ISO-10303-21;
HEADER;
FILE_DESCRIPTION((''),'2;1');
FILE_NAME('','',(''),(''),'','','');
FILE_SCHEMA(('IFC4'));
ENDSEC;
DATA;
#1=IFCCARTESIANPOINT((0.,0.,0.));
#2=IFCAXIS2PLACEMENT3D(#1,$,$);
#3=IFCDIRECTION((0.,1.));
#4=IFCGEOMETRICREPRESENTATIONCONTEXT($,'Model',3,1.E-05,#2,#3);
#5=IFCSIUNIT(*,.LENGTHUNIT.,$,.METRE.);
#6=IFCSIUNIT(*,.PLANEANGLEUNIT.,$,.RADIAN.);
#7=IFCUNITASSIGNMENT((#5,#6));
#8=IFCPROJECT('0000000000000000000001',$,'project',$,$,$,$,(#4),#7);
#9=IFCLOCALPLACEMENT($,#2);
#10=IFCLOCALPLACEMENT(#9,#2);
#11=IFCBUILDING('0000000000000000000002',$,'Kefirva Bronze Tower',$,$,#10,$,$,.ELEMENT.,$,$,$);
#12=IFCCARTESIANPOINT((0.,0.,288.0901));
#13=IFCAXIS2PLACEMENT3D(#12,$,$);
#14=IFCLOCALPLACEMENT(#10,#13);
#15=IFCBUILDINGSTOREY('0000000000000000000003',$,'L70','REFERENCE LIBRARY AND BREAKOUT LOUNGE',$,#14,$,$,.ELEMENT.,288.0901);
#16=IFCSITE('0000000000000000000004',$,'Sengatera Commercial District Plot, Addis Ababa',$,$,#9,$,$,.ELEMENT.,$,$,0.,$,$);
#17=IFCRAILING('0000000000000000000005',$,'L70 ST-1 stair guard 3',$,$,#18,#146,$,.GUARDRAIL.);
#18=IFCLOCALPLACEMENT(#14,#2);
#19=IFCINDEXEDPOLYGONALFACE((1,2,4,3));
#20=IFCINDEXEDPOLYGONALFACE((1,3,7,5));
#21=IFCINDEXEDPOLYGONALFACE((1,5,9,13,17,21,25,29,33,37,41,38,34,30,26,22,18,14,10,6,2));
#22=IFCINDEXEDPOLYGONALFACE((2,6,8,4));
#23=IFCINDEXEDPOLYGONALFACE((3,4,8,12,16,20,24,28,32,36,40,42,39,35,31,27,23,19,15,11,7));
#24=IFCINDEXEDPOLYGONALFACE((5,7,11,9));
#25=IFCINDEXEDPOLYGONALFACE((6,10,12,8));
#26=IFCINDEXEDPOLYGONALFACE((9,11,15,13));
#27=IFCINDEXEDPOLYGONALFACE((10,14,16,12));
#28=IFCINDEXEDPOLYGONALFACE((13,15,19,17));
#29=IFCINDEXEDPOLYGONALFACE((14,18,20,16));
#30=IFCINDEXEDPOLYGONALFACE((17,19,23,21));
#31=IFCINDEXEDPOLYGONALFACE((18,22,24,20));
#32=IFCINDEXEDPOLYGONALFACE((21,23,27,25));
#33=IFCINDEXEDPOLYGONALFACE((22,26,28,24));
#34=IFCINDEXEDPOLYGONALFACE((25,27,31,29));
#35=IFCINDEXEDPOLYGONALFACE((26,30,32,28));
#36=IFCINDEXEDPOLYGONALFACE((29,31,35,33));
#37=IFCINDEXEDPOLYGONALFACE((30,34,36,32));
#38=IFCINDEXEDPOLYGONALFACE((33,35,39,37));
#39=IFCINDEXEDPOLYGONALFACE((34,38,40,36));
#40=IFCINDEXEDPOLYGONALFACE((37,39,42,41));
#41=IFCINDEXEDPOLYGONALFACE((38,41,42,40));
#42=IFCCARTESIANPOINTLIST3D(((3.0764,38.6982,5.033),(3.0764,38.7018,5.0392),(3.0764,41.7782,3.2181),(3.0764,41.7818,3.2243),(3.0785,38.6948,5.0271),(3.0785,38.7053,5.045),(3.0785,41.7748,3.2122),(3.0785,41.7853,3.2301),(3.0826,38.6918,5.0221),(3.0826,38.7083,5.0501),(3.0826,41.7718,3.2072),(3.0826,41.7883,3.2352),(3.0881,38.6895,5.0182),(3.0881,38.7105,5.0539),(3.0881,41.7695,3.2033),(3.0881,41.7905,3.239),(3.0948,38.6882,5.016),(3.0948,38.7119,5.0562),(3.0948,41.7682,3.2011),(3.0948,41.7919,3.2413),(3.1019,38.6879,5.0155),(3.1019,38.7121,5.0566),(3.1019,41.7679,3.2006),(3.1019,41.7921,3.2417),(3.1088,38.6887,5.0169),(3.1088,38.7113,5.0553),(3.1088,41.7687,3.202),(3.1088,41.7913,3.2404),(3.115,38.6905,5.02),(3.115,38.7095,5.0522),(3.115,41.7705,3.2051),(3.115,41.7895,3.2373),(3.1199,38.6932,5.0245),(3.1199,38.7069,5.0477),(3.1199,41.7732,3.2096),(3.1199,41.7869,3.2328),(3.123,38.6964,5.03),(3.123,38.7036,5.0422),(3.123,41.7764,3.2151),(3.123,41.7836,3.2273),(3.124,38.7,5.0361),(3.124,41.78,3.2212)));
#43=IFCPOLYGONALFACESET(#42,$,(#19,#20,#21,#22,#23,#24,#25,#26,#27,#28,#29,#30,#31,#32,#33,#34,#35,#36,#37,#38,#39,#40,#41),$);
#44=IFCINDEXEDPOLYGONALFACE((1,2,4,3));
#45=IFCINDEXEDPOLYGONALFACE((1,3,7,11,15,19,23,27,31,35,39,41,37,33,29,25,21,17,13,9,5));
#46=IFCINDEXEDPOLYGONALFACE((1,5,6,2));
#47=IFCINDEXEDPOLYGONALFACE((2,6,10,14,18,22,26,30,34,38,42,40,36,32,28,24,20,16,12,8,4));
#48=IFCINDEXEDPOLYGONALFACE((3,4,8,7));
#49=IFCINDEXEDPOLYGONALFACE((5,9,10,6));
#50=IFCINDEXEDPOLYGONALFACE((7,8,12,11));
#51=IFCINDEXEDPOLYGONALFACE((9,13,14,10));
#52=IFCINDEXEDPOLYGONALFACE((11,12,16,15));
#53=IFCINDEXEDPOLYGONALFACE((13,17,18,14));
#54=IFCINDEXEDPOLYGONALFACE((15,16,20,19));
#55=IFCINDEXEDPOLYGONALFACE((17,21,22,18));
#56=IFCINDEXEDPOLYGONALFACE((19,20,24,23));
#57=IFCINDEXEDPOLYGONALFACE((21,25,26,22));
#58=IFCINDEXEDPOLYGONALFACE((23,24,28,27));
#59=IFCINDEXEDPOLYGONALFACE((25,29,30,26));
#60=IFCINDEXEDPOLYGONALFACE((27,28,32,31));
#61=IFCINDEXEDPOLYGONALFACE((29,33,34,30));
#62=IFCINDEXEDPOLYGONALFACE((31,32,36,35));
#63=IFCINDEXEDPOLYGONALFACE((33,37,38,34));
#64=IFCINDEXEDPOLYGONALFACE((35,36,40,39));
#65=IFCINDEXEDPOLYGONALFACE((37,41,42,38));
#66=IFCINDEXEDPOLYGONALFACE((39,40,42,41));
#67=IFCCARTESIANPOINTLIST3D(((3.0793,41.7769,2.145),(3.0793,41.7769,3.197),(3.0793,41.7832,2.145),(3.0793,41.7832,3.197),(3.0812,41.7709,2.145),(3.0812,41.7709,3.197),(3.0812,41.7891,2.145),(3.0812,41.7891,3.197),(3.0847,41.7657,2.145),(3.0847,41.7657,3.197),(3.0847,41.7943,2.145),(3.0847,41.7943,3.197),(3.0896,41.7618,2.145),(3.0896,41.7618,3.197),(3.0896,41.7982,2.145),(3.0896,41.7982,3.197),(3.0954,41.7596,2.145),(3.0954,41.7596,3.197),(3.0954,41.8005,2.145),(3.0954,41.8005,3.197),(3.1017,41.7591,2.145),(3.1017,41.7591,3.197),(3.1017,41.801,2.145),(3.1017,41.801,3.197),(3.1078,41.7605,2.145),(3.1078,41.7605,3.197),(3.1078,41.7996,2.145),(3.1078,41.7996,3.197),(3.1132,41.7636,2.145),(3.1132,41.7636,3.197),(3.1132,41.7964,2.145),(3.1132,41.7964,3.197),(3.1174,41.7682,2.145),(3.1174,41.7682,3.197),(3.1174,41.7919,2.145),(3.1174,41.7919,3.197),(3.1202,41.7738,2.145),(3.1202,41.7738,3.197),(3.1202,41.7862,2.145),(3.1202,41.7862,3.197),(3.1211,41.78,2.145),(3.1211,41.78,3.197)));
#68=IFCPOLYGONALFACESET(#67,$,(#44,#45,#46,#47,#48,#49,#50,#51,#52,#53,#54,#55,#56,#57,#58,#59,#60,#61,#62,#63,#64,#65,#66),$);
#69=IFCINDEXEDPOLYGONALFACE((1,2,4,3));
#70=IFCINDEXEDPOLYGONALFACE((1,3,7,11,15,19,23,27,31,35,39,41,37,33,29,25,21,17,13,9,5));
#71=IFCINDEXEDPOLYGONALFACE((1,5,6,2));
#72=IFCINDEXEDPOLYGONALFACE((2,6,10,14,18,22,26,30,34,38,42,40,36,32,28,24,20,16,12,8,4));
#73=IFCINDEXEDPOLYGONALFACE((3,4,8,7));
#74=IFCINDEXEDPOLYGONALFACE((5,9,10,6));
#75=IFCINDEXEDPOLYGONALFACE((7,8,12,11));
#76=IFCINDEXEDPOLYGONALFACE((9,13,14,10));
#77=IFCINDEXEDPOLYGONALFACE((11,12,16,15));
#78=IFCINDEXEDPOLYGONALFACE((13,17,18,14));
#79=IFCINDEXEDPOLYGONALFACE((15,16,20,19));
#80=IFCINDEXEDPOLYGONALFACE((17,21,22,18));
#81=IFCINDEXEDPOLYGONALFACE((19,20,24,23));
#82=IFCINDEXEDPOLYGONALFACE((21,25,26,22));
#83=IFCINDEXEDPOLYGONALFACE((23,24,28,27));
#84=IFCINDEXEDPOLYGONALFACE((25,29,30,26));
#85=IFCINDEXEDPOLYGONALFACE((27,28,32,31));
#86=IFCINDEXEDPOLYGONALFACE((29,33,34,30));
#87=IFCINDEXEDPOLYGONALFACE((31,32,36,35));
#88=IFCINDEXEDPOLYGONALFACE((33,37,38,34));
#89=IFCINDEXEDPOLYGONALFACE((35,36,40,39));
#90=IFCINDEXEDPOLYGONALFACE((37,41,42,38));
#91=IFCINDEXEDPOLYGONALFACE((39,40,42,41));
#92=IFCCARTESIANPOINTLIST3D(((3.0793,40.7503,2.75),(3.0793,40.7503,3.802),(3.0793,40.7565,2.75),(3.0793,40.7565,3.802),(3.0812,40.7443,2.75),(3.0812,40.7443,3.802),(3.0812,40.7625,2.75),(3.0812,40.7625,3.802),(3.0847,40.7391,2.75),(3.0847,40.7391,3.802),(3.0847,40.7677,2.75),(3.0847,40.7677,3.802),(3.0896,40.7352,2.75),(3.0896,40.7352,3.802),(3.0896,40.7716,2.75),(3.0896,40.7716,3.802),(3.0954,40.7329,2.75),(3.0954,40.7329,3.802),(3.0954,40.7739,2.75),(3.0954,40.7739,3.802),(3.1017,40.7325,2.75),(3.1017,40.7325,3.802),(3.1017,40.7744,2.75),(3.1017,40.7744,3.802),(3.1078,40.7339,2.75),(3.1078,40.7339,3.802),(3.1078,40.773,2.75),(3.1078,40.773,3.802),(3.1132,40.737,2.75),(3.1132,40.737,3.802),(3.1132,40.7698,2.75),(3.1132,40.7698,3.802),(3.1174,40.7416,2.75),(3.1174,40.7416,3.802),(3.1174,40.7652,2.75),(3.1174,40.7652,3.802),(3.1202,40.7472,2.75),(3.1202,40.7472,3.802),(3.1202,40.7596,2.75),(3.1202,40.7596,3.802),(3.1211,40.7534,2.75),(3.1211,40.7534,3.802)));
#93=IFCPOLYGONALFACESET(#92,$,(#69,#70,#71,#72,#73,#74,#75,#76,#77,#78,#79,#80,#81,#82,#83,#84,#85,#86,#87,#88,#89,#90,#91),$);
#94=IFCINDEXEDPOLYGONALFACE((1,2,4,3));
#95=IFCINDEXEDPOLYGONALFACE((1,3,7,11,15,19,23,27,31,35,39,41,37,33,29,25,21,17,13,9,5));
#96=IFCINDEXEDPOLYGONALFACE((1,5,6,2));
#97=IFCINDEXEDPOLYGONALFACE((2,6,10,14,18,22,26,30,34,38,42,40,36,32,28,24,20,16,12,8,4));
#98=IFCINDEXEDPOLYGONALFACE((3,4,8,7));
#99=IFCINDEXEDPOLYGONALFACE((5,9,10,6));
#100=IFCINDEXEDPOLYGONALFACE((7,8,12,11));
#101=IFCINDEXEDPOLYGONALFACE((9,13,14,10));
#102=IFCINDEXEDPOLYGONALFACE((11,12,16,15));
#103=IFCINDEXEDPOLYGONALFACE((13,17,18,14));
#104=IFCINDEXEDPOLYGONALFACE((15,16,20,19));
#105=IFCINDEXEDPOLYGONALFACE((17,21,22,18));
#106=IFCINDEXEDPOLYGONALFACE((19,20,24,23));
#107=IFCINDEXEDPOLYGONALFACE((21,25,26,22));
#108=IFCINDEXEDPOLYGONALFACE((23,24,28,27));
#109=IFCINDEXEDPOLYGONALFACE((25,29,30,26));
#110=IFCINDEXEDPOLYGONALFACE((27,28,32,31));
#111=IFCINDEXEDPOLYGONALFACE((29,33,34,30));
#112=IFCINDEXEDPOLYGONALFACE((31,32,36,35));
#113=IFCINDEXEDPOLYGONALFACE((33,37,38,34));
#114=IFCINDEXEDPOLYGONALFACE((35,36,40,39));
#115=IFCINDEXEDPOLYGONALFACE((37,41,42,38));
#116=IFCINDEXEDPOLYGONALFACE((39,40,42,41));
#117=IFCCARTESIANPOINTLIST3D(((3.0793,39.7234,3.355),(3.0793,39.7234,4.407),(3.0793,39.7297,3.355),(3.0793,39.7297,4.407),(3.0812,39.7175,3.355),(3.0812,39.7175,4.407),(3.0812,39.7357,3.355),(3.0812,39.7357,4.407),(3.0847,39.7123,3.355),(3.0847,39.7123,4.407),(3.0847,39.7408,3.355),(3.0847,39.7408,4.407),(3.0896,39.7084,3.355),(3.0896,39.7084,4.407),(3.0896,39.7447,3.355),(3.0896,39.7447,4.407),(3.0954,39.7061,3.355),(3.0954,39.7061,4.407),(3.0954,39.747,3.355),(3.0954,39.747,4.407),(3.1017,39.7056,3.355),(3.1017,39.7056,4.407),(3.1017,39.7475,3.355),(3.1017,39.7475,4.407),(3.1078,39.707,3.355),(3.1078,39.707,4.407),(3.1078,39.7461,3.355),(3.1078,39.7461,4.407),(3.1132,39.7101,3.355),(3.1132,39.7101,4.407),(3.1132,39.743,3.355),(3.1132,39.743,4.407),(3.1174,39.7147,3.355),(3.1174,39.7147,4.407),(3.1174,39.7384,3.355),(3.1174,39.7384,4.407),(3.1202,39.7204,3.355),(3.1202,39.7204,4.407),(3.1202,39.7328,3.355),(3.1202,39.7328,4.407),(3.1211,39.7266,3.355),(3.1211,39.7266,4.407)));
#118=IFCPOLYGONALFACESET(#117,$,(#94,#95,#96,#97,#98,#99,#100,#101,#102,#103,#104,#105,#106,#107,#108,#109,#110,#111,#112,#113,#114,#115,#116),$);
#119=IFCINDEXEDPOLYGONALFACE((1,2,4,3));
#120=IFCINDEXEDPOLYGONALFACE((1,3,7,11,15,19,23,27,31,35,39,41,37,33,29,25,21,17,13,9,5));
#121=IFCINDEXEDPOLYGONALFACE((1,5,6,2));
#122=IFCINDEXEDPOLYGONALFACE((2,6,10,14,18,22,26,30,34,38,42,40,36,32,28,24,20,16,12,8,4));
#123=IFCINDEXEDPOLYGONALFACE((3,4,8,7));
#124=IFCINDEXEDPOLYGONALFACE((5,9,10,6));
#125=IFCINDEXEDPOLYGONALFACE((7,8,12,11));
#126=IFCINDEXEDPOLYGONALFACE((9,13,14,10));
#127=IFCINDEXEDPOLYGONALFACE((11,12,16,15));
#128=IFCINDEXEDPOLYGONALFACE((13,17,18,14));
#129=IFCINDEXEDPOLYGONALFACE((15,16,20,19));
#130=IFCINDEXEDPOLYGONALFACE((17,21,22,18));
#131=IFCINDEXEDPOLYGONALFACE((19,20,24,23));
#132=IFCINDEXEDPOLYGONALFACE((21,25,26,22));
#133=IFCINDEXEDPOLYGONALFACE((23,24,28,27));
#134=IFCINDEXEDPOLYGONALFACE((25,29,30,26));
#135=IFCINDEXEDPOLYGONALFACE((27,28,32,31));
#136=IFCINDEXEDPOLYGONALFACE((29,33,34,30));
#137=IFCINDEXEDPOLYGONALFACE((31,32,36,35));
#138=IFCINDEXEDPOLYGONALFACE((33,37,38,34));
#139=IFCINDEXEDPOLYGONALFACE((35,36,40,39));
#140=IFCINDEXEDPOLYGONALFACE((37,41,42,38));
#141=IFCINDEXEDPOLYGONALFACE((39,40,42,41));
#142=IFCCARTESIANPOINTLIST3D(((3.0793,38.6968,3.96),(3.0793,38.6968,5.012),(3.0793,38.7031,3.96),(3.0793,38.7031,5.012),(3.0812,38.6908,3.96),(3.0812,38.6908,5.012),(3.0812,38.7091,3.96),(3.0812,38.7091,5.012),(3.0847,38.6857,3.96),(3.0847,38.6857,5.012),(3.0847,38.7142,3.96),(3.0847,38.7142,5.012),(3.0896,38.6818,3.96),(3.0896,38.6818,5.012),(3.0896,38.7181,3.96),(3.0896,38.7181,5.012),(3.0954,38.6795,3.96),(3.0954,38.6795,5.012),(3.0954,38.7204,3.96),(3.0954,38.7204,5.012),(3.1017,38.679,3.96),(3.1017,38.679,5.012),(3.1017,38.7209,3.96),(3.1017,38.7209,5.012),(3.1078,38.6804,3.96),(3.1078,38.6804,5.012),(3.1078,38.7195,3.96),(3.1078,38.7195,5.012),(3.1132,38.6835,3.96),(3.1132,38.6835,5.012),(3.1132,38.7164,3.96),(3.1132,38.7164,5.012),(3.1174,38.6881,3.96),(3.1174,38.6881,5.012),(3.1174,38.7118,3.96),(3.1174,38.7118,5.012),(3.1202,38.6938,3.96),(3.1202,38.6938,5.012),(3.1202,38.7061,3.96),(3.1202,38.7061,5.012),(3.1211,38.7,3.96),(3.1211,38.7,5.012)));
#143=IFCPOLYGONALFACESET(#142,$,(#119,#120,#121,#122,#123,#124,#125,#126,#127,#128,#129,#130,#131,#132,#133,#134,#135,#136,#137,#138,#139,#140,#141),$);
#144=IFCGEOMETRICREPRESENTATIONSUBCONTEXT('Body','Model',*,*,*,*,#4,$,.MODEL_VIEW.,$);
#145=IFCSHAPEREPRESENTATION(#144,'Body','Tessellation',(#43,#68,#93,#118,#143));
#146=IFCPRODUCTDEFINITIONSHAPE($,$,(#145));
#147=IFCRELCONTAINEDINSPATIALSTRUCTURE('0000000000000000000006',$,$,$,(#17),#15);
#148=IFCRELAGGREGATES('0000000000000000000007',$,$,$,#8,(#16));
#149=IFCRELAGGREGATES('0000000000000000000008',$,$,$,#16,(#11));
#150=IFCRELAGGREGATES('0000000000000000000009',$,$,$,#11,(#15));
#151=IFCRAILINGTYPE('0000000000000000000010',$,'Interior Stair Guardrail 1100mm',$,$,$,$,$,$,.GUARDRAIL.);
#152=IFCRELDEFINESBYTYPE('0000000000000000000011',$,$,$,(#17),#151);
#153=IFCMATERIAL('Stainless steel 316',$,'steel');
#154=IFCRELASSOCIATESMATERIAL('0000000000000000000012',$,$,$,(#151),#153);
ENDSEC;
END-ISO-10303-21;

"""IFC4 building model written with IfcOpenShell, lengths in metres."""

from ifc_helpers import new_model, si_unit, direction, frame, origin, origin_2d, place, context, subcontext, project, spatial, circle, extrude, material, type_object, element, save


model = new_model("IFC4")

# Units and contexts
model_context = context("Model", 3, precision=1e-05, world=origin(), true_north=direction((0.0, 1.0)))
body_context = subcontext(model_context, "Body", "Model", "MODEL_VIEW")
ifc_project = project(units=[si_unit("LENGTHUNIT", "METRE"), si_unit("PLANEANGLEUNIT", "RADIAN")], contexts=[model_context])

# Site, building, storey
site_placement = place(None, origin())
site = spatial("IfcSite", under=ifc_project, at=site_placement, Name="Sengatera Commercial District Plot, Addis Ababa", CompositionType="ELEMENT", RefElevation=0.0)
building_placement = place(site_placement, origin())
building = spatial("IfcBuilding", under=site, at=building_placement, Name="Kefirva Bronze Tower", CompositionType="ELEMENT")
storey_placement = place(building_placement, frame((0.0, 0.0, 288.0901)))
storey = spatial("IfcBuildingStorey", under=building, at=storey_placement, Name="L70", Description="REFERENCE LIBRARY AND BREAKOUT LOUNGE", CompositionType="ELEMENT", Elevation=288.0901)

# Railing
ifc_material_1 = material(Name="Stainless steel 316", Category="steel")
railing_type_1 = type_object("IfcRailingType", Name="Interior Stair Guardrail 1100mm", PredefinedType="GUARDRAIL", material=ifc_material_1)
railing_1_placement = place(storey_placement, frame((3.1001, 41.78, 2.145)))
element("IfcRailing", 1, at=railing_1_placement, inside=storey, type_object=railing_type_1, Name="L70 ST-1 stair guard 3", PredefinedType="GUARDRAIL", context=body_context, shape_type="SweptSolid", body=[
    extrude(circle(Radius=0.0239, at=origin_2d()), frame((0.0, 0.0, 1.0762), z_axis=(0.0, -0.861551, 0.507671), x_axis=(1.0, 0.0, 0.0)), (0.0, 0.0, 1.0), 3.575),
    extrude(circle(Radius=0.021, at=origin_2d()), origin(), (0.0, 0.0, 1.0), 1.052),
    extrude(circle(Radius=0.021, at=origin_2d()), frame((0.0, -1.0266, 0.605)), (0.0, 0.0, 1.0), 1.052),
    extrude(circle(Radius=0.021, at=origin_2d()), frame((0.0, -2.0535, 1.21)), (0.0, 0.0, 1.0), 1.052),
    extrude(circle(Radius=0.021, at=origin_2d()), frame((0.0, -3.0801, 1.8149)), (0.0, 0.0, 1.0), 1.052),
])

save(model, "model.ifc")
